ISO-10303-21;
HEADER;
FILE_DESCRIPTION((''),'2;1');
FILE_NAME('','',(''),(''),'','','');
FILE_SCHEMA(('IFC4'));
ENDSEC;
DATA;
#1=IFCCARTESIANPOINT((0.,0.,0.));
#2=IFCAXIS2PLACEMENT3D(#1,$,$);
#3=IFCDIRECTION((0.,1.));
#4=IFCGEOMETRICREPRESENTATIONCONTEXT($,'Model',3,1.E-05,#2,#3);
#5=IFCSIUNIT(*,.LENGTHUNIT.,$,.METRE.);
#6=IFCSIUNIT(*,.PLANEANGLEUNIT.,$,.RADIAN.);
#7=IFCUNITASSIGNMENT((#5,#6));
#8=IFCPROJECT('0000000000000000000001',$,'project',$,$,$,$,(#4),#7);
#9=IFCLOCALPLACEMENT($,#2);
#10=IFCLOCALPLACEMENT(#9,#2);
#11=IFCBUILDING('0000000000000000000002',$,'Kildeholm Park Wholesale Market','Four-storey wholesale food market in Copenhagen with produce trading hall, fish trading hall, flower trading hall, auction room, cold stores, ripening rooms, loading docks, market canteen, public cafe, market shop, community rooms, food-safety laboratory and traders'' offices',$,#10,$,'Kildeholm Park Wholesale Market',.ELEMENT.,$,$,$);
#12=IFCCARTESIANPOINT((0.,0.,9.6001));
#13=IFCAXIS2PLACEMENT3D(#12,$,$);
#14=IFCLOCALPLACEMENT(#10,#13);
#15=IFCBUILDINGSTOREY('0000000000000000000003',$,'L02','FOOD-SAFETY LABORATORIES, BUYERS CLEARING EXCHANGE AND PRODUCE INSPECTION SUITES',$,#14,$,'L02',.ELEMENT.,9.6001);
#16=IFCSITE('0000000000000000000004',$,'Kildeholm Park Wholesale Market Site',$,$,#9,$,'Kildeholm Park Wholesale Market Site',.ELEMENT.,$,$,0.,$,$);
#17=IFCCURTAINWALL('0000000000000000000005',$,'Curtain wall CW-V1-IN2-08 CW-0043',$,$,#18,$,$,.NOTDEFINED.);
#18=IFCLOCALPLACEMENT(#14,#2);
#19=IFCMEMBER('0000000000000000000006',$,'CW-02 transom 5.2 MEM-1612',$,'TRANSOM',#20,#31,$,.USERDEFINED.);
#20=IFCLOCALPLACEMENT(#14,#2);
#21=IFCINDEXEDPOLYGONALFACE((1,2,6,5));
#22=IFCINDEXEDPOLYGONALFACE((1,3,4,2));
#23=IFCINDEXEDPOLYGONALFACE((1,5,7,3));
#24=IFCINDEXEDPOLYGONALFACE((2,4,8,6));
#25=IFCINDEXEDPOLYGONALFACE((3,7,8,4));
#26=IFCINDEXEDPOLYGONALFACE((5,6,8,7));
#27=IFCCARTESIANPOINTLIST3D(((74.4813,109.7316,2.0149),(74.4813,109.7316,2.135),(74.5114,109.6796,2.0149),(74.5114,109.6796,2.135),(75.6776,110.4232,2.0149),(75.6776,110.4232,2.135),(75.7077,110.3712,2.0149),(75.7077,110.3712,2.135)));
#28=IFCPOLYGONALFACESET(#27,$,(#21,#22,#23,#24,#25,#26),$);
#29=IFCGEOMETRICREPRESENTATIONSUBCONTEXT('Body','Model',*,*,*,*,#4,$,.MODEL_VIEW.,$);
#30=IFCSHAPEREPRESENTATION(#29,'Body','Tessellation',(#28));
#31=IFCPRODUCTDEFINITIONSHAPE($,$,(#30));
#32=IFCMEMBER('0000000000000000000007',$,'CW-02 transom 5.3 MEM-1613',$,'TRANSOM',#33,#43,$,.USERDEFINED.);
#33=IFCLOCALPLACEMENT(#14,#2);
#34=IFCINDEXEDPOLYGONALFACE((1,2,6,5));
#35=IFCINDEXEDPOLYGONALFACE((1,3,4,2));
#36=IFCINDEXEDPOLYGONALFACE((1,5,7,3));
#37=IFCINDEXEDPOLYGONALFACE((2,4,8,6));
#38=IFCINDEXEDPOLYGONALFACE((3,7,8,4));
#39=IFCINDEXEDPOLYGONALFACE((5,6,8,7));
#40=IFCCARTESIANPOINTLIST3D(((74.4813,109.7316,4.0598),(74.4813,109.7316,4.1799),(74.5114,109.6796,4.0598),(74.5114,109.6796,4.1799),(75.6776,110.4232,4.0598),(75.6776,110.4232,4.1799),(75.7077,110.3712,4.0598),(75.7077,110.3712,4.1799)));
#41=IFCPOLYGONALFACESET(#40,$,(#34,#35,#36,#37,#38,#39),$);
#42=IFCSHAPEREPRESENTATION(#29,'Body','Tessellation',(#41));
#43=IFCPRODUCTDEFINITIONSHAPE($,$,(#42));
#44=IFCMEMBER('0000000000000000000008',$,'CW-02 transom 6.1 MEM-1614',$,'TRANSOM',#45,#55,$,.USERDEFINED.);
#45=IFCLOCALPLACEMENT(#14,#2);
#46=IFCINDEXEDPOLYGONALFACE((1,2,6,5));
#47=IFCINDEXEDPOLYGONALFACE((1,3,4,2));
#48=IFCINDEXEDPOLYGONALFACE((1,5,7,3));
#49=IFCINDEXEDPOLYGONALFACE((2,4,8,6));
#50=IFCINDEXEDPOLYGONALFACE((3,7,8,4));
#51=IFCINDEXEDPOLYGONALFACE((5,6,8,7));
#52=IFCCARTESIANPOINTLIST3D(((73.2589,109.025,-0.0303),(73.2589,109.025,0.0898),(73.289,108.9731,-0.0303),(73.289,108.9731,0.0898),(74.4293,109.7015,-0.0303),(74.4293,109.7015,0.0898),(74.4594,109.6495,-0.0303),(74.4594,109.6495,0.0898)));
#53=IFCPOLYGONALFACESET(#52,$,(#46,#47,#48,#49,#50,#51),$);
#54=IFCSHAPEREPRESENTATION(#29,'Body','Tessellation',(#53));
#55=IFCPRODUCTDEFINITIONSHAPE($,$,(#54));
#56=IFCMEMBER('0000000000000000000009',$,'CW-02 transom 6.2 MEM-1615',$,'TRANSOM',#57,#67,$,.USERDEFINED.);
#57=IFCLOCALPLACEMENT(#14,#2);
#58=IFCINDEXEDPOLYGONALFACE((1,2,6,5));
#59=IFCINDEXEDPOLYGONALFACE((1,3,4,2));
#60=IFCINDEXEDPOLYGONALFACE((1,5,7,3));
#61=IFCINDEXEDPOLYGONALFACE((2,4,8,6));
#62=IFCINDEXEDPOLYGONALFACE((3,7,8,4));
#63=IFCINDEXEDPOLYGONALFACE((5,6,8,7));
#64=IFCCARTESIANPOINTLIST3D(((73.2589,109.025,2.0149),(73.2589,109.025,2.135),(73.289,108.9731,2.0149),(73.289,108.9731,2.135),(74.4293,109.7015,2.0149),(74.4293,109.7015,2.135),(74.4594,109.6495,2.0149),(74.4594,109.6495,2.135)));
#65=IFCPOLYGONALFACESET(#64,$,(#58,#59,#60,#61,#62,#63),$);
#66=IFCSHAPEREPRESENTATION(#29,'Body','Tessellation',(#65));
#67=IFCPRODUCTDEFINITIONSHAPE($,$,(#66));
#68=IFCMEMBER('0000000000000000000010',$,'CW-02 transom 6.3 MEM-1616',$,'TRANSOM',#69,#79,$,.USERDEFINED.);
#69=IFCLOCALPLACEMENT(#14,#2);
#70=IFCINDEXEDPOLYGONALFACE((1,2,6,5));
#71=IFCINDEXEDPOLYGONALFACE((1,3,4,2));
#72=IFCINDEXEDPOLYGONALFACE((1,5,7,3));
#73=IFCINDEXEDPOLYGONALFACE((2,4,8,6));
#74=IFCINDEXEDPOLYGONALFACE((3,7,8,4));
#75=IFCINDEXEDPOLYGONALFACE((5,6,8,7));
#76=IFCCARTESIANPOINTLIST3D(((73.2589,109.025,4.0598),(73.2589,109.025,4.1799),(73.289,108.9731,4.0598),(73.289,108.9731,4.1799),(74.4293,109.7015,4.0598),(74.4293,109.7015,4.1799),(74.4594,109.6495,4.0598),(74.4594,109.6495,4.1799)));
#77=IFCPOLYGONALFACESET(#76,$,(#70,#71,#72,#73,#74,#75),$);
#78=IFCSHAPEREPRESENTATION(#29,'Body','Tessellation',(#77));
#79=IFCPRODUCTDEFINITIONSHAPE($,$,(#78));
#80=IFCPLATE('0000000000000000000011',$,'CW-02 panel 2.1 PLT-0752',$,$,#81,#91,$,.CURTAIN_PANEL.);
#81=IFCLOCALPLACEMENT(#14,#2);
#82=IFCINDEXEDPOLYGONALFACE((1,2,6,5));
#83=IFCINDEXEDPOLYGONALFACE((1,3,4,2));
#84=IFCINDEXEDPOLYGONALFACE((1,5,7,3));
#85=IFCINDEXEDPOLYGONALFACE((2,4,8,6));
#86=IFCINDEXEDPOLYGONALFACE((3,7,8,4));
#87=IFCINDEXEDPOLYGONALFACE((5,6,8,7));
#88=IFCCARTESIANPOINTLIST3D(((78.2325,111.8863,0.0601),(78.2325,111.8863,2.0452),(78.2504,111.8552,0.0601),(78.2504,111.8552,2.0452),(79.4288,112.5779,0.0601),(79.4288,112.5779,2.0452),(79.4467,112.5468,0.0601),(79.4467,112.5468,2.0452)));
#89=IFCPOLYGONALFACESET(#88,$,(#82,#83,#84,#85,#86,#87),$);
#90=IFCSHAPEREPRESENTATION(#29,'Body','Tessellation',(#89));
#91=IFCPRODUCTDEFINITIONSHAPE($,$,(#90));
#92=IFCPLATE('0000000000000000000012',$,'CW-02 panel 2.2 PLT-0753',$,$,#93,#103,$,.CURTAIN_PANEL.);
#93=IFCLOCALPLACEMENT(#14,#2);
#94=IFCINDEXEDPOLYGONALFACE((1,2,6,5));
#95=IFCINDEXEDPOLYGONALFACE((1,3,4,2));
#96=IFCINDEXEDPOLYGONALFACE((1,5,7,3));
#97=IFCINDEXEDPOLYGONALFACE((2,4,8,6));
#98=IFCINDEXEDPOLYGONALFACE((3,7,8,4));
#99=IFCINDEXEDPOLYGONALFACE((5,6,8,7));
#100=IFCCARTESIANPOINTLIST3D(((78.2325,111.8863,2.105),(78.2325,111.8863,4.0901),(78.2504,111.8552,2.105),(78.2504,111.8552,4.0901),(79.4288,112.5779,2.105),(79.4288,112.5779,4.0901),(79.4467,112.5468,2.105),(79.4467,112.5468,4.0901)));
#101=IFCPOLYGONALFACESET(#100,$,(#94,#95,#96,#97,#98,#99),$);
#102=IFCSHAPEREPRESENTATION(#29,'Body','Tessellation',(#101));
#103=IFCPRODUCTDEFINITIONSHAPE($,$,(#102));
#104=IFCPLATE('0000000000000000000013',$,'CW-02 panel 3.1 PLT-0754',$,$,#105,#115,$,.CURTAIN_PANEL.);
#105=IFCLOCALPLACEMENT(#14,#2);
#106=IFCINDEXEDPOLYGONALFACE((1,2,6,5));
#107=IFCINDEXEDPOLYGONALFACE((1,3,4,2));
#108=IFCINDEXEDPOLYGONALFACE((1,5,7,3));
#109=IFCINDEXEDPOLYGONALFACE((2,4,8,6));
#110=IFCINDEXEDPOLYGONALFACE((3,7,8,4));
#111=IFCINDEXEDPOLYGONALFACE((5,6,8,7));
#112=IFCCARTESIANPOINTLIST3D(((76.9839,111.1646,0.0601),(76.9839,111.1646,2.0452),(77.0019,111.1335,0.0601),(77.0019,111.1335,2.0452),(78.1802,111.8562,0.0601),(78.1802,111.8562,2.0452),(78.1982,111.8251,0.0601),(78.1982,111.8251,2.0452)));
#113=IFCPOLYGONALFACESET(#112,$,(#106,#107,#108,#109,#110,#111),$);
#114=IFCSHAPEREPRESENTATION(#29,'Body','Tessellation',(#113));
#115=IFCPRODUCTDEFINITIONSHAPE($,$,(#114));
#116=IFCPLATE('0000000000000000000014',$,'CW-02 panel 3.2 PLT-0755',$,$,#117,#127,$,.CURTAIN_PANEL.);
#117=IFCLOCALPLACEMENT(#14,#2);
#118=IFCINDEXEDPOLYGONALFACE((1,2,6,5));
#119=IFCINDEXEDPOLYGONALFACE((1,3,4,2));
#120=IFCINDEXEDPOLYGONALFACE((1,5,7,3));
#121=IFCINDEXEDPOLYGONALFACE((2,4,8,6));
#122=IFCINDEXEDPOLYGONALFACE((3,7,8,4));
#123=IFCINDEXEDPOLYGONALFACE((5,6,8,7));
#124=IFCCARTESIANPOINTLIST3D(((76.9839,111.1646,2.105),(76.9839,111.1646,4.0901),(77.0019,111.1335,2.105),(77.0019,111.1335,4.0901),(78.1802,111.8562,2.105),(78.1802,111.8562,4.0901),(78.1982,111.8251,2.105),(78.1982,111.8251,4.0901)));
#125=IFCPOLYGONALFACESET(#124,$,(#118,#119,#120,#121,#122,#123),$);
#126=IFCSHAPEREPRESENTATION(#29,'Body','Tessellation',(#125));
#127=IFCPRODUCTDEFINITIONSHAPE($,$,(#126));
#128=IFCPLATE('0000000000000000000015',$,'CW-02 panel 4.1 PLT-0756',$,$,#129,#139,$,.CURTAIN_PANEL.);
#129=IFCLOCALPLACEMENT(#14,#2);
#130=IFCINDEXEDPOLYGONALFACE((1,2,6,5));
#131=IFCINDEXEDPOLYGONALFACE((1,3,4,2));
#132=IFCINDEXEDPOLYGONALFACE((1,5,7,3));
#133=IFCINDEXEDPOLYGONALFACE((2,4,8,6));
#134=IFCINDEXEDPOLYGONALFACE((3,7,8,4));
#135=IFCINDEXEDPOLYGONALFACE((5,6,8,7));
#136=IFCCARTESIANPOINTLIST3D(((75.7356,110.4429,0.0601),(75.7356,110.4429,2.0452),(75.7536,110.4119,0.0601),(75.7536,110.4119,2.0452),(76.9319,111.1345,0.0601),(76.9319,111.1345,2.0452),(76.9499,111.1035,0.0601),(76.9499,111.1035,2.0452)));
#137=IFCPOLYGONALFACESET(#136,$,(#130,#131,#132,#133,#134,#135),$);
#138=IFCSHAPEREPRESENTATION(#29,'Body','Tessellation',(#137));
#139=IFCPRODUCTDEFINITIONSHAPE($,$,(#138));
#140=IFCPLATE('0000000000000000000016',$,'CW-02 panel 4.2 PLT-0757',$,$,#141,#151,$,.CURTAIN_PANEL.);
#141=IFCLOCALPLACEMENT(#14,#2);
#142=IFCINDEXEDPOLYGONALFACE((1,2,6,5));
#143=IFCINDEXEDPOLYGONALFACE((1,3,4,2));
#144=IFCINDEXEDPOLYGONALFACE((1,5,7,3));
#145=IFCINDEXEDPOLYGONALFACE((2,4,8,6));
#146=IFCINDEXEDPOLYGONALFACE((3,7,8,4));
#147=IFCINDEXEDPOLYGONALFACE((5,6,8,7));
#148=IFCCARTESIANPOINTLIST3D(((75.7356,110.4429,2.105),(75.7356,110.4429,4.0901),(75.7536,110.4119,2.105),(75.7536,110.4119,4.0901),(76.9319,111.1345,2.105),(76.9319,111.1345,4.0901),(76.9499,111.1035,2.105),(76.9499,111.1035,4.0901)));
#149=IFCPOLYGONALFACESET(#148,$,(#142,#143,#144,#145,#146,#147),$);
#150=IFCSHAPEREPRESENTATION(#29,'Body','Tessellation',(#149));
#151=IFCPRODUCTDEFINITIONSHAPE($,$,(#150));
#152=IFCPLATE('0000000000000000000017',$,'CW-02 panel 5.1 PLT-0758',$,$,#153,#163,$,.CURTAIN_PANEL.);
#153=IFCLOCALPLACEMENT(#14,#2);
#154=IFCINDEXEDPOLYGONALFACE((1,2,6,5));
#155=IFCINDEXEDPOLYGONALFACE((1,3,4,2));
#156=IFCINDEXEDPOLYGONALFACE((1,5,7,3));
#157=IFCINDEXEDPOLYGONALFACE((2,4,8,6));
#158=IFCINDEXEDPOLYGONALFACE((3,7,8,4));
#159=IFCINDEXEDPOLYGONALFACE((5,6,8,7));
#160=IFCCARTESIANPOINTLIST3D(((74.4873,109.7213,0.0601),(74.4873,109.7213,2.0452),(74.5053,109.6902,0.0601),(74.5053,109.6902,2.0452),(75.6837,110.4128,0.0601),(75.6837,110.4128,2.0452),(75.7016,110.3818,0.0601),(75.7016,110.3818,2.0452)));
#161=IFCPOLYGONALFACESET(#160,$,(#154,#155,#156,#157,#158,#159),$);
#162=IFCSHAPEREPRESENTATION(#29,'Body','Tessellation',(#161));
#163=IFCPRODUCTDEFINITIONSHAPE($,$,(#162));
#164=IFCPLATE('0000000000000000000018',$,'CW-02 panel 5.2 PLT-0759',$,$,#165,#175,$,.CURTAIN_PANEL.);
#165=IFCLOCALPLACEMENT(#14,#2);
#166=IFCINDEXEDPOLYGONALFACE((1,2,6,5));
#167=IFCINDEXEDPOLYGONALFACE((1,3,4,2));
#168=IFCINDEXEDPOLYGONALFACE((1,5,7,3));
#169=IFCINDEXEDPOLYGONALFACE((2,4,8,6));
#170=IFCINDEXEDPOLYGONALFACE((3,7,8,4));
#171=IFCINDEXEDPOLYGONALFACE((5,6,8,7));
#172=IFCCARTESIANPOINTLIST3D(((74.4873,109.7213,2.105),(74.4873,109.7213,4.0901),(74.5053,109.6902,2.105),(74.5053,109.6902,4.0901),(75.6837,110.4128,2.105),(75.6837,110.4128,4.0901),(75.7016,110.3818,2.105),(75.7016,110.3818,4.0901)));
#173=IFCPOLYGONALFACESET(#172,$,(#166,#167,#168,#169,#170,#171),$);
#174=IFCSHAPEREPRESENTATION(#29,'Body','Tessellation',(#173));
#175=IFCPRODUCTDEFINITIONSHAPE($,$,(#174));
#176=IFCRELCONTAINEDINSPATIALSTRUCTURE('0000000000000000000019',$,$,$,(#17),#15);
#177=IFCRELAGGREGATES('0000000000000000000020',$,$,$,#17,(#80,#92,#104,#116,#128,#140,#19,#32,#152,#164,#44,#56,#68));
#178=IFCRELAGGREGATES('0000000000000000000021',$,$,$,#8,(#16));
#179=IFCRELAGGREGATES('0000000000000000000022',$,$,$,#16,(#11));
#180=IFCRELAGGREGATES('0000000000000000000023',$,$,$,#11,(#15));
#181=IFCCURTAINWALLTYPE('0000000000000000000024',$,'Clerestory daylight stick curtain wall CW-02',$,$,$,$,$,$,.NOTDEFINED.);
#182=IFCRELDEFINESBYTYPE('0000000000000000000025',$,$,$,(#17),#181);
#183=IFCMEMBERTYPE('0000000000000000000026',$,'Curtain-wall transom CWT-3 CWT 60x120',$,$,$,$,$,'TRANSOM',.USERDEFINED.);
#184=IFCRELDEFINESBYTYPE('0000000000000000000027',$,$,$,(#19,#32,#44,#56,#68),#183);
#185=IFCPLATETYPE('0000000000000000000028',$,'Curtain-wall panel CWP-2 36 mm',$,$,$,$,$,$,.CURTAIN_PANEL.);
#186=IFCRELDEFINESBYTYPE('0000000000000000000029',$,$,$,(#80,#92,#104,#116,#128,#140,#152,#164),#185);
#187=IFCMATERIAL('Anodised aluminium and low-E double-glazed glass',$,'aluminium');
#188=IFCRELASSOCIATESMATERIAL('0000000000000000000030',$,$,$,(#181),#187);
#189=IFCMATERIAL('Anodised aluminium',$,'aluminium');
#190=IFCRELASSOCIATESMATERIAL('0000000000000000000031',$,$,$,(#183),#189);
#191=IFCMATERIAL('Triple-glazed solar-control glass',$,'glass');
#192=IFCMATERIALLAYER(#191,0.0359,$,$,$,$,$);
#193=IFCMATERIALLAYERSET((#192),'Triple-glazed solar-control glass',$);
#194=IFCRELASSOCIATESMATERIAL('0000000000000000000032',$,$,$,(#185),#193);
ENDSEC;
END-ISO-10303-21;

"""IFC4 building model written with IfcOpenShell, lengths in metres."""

from ifc_helpers import new_model, si_unit, direction, frame, origin, origin_2d, place, context, subcontext, project, spatial, rectangle, extrude, material, layer, layer_set, material_profile, profile_set, type_object, element, aggregate, save


model = new_model("IFC4")

# Units and contexts
model_context = context("Model", 3, precision=1e-05, world=origin(), true_north=direction((0.0, 1.0)))
body_context = subcontext(model_context, "Body", "Model", "MODEL_VIEW")
ifc_project = project(units=[si_unit("LENGTHUNIT", "METRE"), si_unit("PLANEANGLEUNIT", "RADIAN")], contexts=[model_context])

# Site, building, storey
site_placement = place(None, origin())
site = spatial("IfcSite", under=ifc_project, at=site_placement, Name="Kildeholm Park Wholesale Market Site", LongName="Kildeholm Park Wholesale Market Site", CompositionType="ELEMENT", RefElevation=0.0)
building_placement = place(site_placement, origin())
building = spatial("IfcBuilding", under=site, at=building_placement, Name="Kildeholm Park Wholesale Market", Description="Four-storey wholesale food market in Copenhagen with produce trading hall, fish trading hall, flower trading hall, auction room, cold stores, ripening rooms, loading docks, market canteen, public cafe, market shop, community rooms, food-safety laboratory and traders' offices", LongName="Kildeholm Park Wholesale Market", CompositionType="ELEMENT")
storey_placement = place(building_placement, frame((0.0, 0.0, 9.6001)))
storey = spatial("IfcBuildingStorey", under=building, at=storey_placement, Name="L02", Description="FOOD-SAFETY LABORATORIES, BUYERS CLEARING EXCHANGE AND PRODUCE INSPECTION SUITES", LongName="L02", CompositionType="ELEMENT", Elevation=9.6001)

# Curtain wall, members, plates
ifc_material_1 = material(Name="Anodised aluminium and low-E double-glazed glass", Category="aluminium")
curtain_wall_type = type_object("IfcCurtainWallType", Name="Clerestory daylight stick curtain wall CW-02", PredefinedType="NOTDEFINED", material=ifc_material_1)
curtain_wall_placement = place(storey_placement, origin())
curtain_wall = element("IfcCurtainWall", 1, at=curtain_wall_placement, inside=storey, type_object=curtain_wall_type, Name="Curtain wall CW-V1-IN2-08 CW-0043", PredefinedType="NOTDEFINED")
ifc_material_2 = material(Name="Anodised aluminium", Category="aluminium")
ifc_material_profile_1 = material_profile(ifc_material_2, rectangle(XDim=0.0601, YDim=0.1201, at=origin_2d()), Name="CWT 60x120")
ifc_profile_set_1 = profile_set([ifc_material_profile_1], Name="Anodised aluminium")
member_type_1 = type_object("IfcMemberType", Name="Curtain-wall transom CWT-3 CWT 60x120", ElementType="TRANSOM", PredefinedType="USERDEFINED", material=ifc_profile_set_1)
member_1_placement = place(storey_placement, frame((75.6926, 110.3972, 2.075), z_axis=(-0.86572, -0.500528, 0.0), x_axis=(0.500528, -0.86572, 0.0)))
member_1 = element("IfcMember", 2, at=member_1_placement, type_object=member_type_1, Name="CW-02 transom 5.2 MEM-1612", ObjectType="TRANSOM", PredefinedType="USERDEFINED", context=body_context, shape_type="SweptSolid", body=[
    extrude(rectangle(XDim=0.0601, YDim=0.1201, at=origin_2d()), origin(), (0.0, 0.0, 1.0), 1.3818),
])
member_2_placement = place(storey_placement, frame((75.6926, 110.3972, 4.1199), z_axis=(-0.86572, -0.500528, 0.0), x_axis=(0.500528, -0.86572, 0.0)))
member_2 = element("IfcMember", 3, at=member_2_placement, type_object=member_type_1, Name="CW-02 transom 5.3 MEM-1613", ObjectType="TRANSOM", PredefinedType="USERDEFINED", context=body_context, shape_type="SweptSolid", body=[
    extrude(rectangle(XDim=0.0601, YDim=0.1201, at=origin_2d()), origin(), (0.0, 0.0, 1.0), 1.3818),
])
member_3_placement = place(storey_placement, frame((74.4443, 109.6755, 0.0298), z_axis=(-0.865776, -0.500431, 0.0), x_axis=(0.500431, -0.865776, 0.0)))
member_3 = element("IfcMember", 4, at=member_3_placement, type_object=member_type_1, Name="CW-02 transom 6.1 MEM-1614", ObjectType="TRANSOM", PredefinedType="USERDEFINED", context=body_context, shape_type="SweptSolid", body=[
    extrude(rectangle(XDim=0.0601, YDim=0.1201, at=origin_2d()), origin(), (0.0, 0.0, 1.0), 1.3518),
])
member_4_placement = place(storey_placement, frame((74.4443, 109.6755, 2.075), z_axis=(-0.865776, -0.500431, 0.0), x_axis=(0.500431, -0.865776, 0.0)))
member_4 = element("IfcMember", 5, at=member_4_placement, type_object=member_type_1, Name="CW-02 transom 6.2 MEM-1615", ObjectType="TRANSOM", PredefinedType="USERDEFINED", context=body_context, shape_type="SweptSolid", body=[
    extrude(rectangle(XDim=0.0601, YDim=0.1201, at=origin_2d()), origin(), (0.0, 0.0, 1.0), 1.3518),
])
member_5_placement = place(storey_placement, frame((74.4443, 109.6755, 4.1199), z_axis=(-0.865776, -0.500431, 0.0), x_axis=(0.500431, -0.865776, 0.0)))
member_5 = element("IfcMember", 6, at=member_5_placement, type_object=member_type_1, Name="CW-02 transom 6.3 MEM-1616", ObjectType="TRANSOM", PredefinedType="USERDEFINED", context=body_context, shape_type="SweptSolid", body=[
    extrude(rectangle(XDim=0.0601, YDim=0.1201, at=origin_2d()), origin(), (0.0, 0.0, 1.0), 1.3518),
])
ifc_material_3 = material(Name="Triple-glazed solar-control glass", Category="glass")
ifc_layer_1 = layer(ifc_material_3, 0.0359)
ifc_layer_set_1 = layer_set([ifc_layer_1], Name="Triple-glazed solar-control glass")
plate_type = type_object("IfcPlateType", Name="Curtain-wall panel CWP-2 36 mm", PredefinedType="CURTAIN_PANEL", material=ifc_layer_set_1)
plate_1_placement = place(storey_placement, frame((78.8396, 112.2166, 0.0601), z_axis=(0.0, 0.0, 1.0), x_axis=(-0.865743, -0.500489, 0.0)))
plate_1 = element("IfcPlate", 7, at=plate_1_placement, type_object=plate_type, Name="CW-02 panel 2.1 PLT-0752", PredefinedType="CURTAIN_PANEL", context=body_context, shape_type="SweptSolid", body=[
    extrude(rectangle(XDim=1.3818, YDim=0.0359, at=origin_2d()), origin(), (0.0, 0.0, 1.0), 1.9851),
])
plate_2_placement = place(storey_placement, frame((78.8396, 112.2166, 2.105), z_axis=(0.0, 0.0, 1.0), x_axis=(-0.865743, -0.500489, 0.0)))
plate_2 = element("IfcPlate", 8, at=plate_2_placement, type_object=plate_type, Name="CW-02 panel 2.2 PLT-0753", PredefinedType="CURTAIN_PANEL", context=body_context, shape_type="SweptSolid", body=[
    extrude(rectangle(XDim=1.3818, YDim=0.0359, at=origin_2d()), origin(), (0.0, 0.0, 1.0), 1.9851),
])
plate_3_placement = place(storey_placement, frame((77.5911, 111.4949, 0.0601), z_axis=(0.0, 0.0, 1.0), x_axis=(-0.865743, -0.500489, 0.0)))
plate_3 = element("IfcPlate", 9, at=plate_3_placement, type_object=plate_type, Name="CW-02 panel 3.1 PLT-0754", PredefinedType="CURTAIN_PANEL", context=body_context, shape_type="SweptSolid", body=[
    extrude(rectangle(XDim=1.3818, YDim=0.0359, at=origin_2d()), origin(), (0.0, 0.0, 1.0), 1.9851),
])
plate_4_placement = place(storey_placement, frame((77.5911, 111.4949, 2.105), z_axis=(0.0, 0.0, 1.0), x_axis=(-0.865743, -0.500489, 0.0)))
plate_4 = element("IfcPlate", 10, at=plate_4_placement, type_object=plate_type, Name="CW-02 panel 3.2 PLT-0755", PredefinedType="CURTAIN_PANEL", context=body_context, shape_type="SweptSolid", body=[
    extrude(rectangle(XDim=1.3818, YDim=0.0359, at=origin_2d()), origin(), (0.0, 0.0, 1.0), 1.9851),
])
plate_5_placement = place(storey_placement, frame((76.3428, 110.7732, 0.0601), z_axis=(0.0, 0.0, 1.0), x_axis=(-0.865743, -0.500489, 0.0)))
plate_5 = element("IfcPlate", 11, at=plate_5_placement, type_object=plate_type, Name="CW-02 panel 4.1 PLT-0756", PredefinedType="CURTAIN_PANEL", context=body_context, shape_type="SweptSolid", body=[
    extrude(rectangle(XDim=1.3818, YDim=0.0359, at=origin_2d()), origin(), (0.0, 0.0, 1.0), 1.9851),
])
plate_6_placement = place(storey_placement, frame((76.3428, 110.7732, 2.105), z_axis=(0.0, 0.0, 1.0), x_axis=(-0.865743, -0.500489, 0.0)))
plate_6 = element("IfcPlate", 12, at=plate_6_placement, type_object=plate_type, Name="CW-02 panel 4.2 PLT-0757", PredefinedType="CURTAIN_PANEL", context=body_context, shape_type="SweptSolid", body=[
    extrude(rectangle(XDim=1.3818, YDim=0.0359, at=origin_2d()), origin(), (0.0, 0.0, 1.0), 1.9851),
])
plate_7_placement = place(storey_placement, frame((75.0945, 110.0515, 0.0601), z_axis=(0.0, 0.0, 1.0), x_axis=(-0.865743, -0.500489, 0.0)))
plate_7 = element("IfcPlate", 13, at=plate_7_placement, type_object=plate_type, Name="CW-02 panel 5.1 PLT-0758", PredefinedType="CURTAIN_PANEL", context=body_context, shape_type="SweptSolid", body=[
    extrude(rectangle(XDim=1.3818, YDim=0.0359, at=origin_2d()), origin(), (0.0, 0.0, 1.0), 1.9851),
])
plate_8_placement = place(storey_placement, frame((75.0945, 110.0515, 2.105), z_axis=(0.0, 0.0, 1.0), x_axis=(-0.865743, -0.500489, 0.0)))
plate_8 = element("IfcPlate", 14, at=plate_8_placement, type_object=plate_type, Name="CW-02 panel 5.2 PLT-0759", PredefinedType="CURTAIN_PANEL", context=body_context, shape_type="SweptSolid", body=[
    extrude(rectangle(XDim=1.3818, YDim=0.0359, at=origin_2d()), origin(), (0.0, 0.0, 1.0), 1.9851),
])
aggregate(curtain_wall, [plate_1, plate_2, plate_3, plate_4, plate_5, plate_6, member_1, member_2, plate_7, plate_8, member_3, member_4, member_5])

save(model, "model.ifc")
